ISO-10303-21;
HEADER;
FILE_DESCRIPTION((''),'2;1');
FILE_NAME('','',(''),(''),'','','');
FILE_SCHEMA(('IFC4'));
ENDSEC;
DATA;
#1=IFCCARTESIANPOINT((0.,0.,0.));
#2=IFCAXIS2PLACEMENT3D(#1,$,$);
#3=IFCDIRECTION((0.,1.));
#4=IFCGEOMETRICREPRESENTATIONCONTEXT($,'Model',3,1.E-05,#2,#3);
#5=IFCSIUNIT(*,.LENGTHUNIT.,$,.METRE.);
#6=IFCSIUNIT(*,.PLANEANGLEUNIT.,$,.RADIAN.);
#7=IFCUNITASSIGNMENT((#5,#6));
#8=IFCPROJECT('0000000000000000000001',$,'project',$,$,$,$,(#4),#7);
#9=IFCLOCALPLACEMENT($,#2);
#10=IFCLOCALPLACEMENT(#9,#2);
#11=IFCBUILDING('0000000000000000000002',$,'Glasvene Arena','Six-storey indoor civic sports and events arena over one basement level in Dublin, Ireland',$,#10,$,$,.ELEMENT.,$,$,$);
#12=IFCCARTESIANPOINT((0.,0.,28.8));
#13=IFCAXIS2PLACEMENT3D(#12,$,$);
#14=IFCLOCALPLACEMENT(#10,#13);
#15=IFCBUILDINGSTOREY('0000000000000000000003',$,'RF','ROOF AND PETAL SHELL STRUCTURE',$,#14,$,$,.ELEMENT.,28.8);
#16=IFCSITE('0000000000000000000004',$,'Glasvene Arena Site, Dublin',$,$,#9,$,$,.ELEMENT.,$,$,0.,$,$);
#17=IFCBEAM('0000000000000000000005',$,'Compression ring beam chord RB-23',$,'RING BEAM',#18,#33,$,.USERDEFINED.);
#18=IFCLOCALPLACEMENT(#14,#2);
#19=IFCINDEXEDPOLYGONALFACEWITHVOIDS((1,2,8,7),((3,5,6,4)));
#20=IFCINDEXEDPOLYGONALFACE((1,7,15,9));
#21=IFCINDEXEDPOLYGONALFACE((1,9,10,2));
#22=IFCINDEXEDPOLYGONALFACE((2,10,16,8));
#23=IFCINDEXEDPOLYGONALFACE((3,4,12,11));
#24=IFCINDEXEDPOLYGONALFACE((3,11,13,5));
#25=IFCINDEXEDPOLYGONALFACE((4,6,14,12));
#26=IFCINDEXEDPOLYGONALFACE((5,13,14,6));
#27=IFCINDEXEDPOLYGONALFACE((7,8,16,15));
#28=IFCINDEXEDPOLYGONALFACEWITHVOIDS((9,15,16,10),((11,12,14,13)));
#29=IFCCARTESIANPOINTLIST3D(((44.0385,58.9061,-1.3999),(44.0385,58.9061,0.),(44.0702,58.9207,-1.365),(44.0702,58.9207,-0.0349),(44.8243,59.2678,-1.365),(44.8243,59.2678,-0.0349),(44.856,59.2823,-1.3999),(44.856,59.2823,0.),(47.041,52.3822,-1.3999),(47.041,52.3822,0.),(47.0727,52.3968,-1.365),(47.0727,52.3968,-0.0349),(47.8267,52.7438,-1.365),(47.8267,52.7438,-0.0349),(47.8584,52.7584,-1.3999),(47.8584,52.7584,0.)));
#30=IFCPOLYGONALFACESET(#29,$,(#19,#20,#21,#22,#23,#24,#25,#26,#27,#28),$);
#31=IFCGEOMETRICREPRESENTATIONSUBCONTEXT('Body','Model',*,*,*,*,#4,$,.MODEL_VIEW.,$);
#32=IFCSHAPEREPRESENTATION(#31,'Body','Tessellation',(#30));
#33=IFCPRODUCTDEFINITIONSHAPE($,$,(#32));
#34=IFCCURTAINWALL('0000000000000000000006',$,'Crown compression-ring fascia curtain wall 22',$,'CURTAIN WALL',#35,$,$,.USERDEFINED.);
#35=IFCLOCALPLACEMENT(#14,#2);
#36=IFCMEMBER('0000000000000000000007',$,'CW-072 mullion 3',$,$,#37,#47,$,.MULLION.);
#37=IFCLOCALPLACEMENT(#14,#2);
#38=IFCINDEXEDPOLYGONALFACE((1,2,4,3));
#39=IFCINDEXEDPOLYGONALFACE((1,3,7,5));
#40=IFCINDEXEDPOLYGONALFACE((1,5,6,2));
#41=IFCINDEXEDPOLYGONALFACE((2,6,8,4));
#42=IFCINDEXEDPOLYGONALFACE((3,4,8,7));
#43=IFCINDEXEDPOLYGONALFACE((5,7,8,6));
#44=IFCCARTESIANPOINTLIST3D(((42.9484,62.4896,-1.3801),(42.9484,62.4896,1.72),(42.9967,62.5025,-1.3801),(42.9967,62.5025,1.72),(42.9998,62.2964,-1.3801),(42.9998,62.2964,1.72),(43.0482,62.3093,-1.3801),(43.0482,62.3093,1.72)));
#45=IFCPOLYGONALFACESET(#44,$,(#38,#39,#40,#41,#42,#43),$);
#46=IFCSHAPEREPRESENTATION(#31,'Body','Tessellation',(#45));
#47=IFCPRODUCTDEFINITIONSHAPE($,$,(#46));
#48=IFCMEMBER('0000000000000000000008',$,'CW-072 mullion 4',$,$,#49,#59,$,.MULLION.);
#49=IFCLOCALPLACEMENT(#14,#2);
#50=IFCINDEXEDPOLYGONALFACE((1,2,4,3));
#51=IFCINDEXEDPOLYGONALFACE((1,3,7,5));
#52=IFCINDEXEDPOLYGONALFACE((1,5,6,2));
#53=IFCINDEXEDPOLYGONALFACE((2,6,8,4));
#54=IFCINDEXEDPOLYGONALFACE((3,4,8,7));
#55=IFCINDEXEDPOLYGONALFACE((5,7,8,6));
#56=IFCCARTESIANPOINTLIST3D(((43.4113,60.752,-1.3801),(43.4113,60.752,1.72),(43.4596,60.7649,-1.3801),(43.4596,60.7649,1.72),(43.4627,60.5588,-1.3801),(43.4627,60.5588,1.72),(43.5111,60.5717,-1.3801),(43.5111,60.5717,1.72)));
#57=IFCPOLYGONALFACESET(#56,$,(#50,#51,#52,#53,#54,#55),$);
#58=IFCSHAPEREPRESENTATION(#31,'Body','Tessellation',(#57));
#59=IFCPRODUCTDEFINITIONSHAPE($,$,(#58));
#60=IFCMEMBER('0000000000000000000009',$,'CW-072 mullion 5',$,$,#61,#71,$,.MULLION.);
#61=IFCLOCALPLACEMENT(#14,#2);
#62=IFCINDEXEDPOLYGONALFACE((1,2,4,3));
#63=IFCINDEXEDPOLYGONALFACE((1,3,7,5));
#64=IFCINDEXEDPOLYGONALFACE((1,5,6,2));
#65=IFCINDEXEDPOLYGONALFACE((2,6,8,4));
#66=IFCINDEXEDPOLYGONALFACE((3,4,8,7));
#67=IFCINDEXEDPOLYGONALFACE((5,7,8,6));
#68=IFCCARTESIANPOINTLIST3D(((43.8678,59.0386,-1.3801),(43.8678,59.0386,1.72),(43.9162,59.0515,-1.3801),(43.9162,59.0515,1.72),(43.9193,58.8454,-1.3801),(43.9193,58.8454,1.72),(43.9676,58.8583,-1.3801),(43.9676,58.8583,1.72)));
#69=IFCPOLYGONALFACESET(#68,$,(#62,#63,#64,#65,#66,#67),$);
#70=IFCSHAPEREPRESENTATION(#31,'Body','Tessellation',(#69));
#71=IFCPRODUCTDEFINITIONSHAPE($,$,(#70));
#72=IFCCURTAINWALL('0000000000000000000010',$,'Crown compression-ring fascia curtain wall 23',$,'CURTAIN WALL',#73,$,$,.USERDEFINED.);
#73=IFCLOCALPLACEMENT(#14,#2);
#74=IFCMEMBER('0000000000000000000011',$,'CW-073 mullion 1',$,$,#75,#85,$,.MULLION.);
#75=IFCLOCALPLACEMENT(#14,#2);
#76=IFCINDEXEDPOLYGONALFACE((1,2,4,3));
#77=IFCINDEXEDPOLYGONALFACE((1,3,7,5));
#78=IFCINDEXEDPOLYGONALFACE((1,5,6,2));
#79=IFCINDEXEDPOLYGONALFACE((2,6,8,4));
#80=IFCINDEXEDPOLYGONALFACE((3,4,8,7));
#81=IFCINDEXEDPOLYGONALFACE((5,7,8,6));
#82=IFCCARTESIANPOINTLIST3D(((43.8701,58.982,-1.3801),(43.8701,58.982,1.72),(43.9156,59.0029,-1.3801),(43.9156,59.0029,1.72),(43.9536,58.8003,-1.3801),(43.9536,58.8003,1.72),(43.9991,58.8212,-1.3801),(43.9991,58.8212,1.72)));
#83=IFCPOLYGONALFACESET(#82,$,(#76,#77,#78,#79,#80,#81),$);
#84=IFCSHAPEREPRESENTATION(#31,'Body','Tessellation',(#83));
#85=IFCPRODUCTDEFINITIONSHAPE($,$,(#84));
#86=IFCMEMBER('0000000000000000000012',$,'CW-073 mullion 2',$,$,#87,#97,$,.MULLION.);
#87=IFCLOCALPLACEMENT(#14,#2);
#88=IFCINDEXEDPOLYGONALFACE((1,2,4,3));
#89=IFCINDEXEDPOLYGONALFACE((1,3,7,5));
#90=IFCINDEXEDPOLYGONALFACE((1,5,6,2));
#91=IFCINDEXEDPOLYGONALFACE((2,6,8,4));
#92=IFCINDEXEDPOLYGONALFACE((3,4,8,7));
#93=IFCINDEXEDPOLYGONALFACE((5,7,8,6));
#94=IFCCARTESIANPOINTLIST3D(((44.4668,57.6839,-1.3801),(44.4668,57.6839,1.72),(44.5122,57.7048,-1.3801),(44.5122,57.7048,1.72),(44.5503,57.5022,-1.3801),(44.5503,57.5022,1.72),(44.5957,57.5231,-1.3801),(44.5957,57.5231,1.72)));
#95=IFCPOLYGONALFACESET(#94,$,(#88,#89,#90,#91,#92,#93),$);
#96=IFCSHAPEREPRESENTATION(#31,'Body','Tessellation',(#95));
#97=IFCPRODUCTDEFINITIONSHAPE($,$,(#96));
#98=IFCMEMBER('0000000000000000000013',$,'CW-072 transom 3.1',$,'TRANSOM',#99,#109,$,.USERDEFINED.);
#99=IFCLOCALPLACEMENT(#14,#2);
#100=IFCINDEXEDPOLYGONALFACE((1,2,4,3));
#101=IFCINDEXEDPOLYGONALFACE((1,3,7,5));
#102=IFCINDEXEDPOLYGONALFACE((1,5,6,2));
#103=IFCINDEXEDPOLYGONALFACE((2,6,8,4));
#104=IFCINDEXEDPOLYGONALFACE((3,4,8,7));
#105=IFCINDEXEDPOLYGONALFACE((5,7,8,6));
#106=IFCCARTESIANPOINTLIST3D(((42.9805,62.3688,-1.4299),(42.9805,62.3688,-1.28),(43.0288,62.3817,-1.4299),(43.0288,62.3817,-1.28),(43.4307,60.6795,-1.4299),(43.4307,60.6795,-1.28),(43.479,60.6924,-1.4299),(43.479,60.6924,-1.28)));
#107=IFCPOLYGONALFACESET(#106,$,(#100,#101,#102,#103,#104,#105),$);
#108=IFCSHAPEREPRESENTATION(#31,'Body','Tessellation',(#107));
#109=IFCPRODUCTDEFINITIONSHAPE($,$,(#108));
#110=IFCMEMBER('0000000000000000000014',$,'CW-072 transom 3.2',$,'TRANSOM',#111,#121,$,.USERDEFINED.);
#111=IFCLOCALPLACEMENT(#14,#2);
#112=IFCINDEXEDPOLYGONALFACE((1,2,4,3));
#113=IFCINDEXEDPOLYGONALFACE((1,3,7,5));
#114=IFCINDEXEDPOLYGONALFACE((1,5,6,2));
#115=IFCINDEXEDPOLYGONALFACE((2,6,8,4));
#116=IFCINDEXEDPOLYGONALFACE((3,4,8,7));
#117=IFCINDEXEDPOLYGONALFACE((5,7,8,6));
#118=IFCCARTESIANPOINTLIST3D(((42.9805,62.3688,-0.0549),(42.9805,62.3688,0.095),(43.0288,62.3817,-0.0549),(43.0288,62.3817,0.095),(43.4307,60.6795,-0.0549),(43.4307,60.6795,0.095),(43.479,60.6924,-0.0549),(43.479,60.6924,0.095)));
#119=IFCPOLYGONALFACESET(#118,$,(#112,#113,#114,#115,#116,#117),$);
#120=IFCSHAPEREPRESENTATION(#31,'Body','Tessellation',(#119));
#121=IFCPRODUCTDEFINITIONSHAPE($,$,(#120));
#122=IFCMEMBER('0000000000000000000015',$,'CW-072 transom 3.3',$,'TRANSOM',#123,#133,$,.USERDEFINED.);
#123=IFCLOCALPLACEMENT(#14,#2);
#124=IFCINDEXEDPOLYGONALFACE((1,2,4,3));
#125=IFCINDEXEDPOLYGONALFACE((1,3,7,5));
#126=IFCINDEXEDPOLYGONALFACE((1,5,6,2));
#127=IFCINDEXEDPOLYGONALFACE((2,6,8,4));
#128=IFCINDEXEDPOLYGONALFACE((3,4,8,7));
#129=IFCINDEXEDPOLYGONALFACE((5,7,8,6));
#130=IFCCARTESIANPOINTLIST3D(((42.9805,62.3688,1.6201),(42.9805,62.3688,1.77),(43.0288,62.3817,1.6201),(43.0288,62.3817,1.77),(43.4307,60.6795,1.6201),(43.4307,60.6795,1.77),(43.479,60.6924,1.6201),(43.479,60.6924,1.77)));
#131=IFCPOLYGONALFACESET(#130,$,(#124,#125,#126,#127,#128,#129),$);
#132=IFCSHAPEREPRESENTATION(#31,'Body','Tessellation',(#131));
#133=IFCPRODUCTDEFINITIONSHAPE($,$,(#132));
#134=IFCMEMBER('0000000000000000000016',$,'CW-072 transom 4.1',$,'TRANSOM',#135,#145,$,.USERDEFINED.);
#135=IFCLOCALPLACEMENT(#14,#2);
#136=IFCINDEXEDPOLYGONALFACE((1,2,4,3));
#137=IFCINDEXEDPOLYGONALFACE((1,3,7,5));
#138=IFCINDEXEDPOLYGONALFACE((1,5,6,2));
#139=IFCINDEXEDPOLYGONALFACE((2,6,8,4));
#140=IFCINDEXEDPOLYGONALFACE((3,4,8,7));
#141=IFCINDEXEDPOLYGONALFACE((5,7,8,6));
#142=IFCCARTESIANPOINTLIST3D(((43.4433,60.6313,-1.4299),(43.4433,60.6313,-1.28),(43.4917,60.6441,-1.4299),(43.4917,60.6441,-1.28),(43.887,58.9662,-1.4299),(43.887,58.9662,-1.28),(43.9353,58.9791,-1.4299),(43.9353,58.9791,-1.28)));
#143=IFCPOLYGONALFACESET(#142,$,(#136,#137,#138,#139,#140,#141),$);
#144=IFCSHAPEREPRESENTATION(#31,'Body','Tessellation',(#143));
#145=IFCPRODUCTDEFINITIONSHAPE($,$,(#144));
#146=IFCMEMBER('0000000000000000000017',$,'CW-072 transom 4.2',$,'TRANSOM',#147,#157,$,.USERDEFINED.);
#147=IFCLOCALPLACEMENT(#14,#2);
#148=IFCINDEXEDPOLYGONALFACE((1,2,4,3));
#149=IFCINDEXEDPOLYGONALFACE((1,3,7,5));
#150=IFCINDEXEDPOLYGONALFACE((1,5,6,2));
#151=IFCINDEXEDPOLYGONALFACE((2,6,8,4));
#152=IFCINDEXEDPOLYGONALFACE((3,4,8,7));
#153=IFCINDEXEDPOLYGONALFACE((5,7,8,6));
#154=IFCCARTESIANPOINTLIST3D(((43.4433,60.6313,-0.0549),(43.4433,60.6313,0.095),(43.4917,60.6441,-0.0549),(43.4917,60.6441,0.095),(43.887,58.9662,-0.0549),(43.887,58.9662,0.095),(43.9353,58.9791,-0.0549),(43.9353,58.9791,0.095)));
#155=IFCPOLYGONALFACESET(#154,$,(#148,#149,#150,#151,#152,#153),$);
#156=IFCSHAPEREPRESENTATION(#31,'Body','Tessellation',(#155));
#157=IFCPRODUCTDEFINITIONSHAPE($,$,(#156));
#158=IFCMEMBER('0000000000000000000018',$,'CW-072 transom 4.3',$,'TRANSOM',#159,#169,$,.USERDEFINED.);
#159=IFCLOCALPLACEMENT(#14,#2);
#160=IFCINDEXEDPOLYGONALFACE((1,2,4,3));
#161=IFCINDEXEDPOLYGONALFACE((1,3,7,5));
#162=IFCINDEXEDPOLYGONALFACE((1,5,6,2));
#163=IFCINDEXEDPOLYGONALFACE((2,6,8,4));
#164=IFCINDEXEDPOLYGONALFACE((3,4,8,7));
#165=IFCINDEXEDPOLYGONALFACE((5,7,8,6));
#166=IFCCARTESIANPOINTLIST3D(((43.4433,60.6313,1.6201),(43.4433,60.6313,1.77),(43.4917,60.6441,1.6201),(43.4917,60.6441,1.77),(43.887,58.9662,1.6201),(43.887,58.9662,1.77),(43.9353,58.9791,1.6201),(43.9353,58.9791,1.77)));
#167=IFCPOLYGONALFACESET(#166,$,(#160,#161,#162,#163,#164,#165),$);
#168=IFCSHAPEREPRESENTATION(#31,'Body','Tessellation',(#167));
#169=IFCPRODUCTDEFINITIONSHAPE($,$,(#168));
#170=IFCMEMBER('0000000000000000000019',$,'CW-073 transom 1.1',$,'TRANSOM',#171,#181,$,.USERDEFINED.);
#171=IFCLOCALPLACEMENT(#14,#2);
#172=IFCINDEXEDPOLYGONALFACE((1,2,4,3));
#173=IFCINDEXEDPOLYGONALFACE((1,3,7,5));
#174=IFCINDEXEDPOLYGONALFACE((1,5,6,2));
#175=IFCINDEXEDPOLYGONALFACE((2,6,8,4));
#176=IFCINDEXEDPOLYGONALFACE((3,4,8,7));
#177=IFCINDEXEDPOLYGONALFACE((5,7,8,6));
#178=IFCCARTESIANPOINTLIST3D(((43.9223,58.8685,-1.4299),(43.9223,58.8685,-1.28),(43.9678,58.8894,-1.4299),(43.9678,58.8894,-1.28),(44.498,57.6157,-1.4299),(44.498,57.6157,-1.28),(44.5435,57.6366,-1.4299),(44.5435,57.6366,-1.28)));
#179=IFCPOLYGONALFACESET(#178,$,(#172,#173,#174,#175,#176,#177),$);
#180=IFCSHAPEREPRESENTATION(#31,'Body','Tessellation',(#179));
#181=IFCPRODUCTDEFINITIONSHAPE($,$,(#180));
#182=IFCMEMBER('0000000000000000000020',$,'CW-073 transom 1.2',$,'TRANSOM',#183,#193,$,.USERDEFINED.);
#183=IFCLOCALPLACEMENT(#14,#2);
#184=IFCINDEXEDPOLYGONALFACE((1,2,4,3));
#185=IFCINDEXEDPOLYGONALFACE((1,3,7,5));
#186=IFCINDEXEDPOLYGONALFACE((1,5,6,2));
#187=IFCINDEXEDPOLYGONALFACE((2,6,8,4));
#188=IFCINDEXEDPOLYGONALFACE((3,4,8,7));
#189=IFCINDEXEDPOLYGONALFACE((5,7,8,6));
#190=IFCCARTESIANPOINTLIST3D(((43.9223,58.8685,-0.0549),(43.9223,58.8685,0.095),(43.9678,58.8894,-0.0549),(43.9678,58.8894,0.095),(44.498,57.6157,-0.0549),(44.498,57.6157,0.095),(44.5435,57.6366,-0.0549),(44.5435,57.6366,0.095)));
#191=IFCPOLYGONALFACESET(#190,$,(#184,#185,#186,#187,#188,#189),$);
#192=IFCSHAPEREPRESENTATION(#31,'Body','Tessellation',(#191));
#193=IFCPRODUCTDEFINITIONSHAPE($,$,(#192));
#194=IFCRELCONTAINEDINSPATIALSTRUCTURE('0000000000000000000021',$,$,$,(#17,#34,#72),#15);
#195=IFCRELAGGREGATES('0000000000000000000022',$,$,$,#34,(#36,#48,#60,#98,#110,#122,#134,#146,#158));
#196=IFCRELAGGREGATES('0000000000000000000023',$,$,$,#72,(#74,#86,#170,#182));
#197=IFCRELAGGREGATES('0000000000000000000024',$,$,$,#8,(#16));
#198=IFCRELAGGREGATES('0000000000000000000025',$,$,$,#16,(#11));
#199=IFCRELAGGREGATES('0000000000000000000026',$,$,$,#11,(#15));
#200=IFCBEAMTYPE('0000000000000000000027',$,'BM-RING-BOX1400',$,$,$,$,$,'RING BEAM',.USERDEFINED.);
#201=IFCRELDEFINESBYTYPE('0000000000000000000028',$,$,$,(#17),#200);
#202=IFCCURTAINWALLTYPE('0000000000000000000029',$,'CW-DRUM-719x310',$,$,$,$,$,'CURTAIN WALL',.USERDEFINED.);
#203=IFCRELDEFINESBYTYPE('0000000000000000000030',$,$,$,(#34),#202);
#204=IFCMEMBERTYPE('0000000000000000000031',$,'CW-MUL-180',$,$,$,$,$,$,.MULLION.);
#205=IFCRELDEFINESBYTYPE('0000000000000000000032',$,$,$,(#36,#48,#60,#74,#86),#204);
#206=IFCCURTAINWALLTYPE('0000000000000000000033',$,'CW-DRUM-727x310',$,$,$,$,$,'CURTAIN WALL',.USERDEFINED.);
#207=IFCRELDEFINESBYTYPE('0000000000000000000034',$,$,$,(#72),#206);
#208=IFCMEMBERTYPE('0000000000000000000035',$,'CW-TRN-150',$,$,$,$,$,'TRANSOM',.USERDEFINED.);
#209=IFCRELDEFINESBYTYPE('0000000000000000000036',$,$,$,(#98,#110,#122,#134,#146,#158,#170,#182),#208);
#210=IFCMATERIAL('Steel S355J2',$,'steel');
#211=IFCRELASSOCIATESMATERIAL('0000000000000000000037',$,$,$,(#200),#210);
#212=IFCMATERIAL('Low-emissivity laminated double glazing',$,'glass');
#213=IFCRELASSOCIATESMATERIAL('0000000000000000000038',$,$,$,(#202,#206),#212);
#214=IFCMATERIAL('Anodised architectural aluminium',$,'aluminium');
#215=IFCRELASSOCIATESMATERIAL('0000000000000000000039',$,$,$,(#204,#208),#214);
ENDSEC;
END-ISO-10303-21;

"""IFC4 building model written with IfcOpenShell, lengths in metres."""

from ifc_helpers import new_model, si_unit, direction, frame, origin, origin_2d, place, context, subcontext, project, spatial, rectangle, hollow_rectangle, extrude, material, material_profile, profile_set, type_object, element, aggregate, save


model = new_model("IFC4")

# Units and contexts
model_context = context("Model", 3, precision=1e-05, world=origin(), true_north=direction((0.0, 1.0)))
body_context = subcontext(model_context, "Body", "Model", "MODEL_VIEW")
ifc_project = project(units=[si_unit("LENGTHUNIT", "METRE"), si_unit("PLANEANGLEUNIT", "RADIAN")], contexts=[model_context])

# Site, building, storey
site_placement = place(None, origin())
site = spatial("IfcSite", under=ifc_project, at=site_placement, Name="Glasvene Arena Site, Dublin", CompositionType="ELEMENT", RefElevation=0.0)
building_placement = place(site_placement, origin())
building = spatial("IfcBuilding", under=site, at=building_placement, Name="Glasvene Arena", Description="Six-storey indoor civic sports and events arena over one basement level in Dublin, Ireland", CompositionType="ELEMENT")
storey_placement = place(building_placement, frame((0.0, 0.0, 28.8)))
storey = spatial("IfcBuildingStorey", under=building, at=storey_placement, Name="RF", Description="ROOF AND PETAL SHELL STRUCTURE", CompositionType="ELEMENT", Elevation=28.8)

# Beam
ifc_material_1 = material(Name="Steel S355J2", Category="steel")
ifc_material_profile_1 = material_profile(ifc_material_1, hollow_rectangle(XDim=0.8999, YDim=1.3999, WallThickness=0.0349, at=origin_2d()), Name="WBOX 900x1400x35")
ifc_profile_set_1 = profile_set([ifc_material_profile_1], Name="Steel S355J2")
beam_type = type_object("IfcBeamType", Name="BM-RING-BOX1400", ElementType="RING BEAM", PredefinedType="USERDEFINED", material=ifc_profile_set_1)
beam_placement = place(storey_placement, frame((44.4473, 59.0942, -0.7), z_axis=(0.418071, -0.908415, 0.0), x_axis=(0.908415, 0.418071, 0.0)))
element("IfcBeam", 1, at=beam_placement, inside=storey, type_object=beam_type, Name="Compression ring beam chord RB-23", ObjectType="RING BEAM", PredefinedType="USERDEFINED", context=body_context, shape_type="SweptSolid", body=[
    extrude(hollow_rectangle(XDim=0.8999, YDim=1.3999, WallThickness=0.0349, at=origin_2d()), origin(), (0.0, 0.0, 1.0), 7.1816),
])

# Curtain walls, members
ifc_material_2 = material(Name="Low-emissivity laminated double glazing", Category="glass")
curtain_wall_type_1 = type_object("IfcCurtainWallType", Name="CW-DRUM-719x310", ElementType="CURTAIN WALL", PredefinedType="USERDEFINED", material=ifc_material_2)
curtain_wall_1_placement = place(storey_placement, frame((42.0725, 65.8745, 0.0)))
curtain_wall_1 = element("IfcCurtainWall", 2, at=curtain_wall_1_placement, inside=storey, type_object=curtain_wall_type_1, Name="Crown compression-ring fascia curtain wall 22", ObjectType="CURTAIN WALL", PredefinedType="USERDEFINED")
ifc_material_3 = material(Name="Anodised architectural aluminium", Category="aluminium")
ifc_material_profile_2 = material_profile(ifc_material_3, rectangle(XDim=0.05, YDim=0.2, at=origin_2d()), Name="ALU MULLION 50x200")
ifc_profile_set_2 = profile_set([ifc_material_profile_2], Name="Anodised architectural aluminium")
member_type_1 = type_object("IfcMemberType", Name="CW-MUL-180", PredefinedType="MULLION", material=ifc_profile_set_2)
member_1_placement = place(storey_placement, frame((42.9983, 62.3994, -1.3801), z_axis=(0.0, 0.0, 1.0), x_axis=(0.966292, 0.257447, 0.0)))
member_1 = element("IfcMember", 3, at=member_1_placement, type_object=member_type_1, Name="CW-072 mullion 3", PredefinedType="MULLION", context=body_context, shape_type="SweptSolid", body=[
    extrude(rectangle(XDim=0.05, YDim=0.2, at=origin_2d()), origin(), (0.0, 0.0, 1.0), 3.1001),
])
member_2_placement = place(storey_placement, frame((43.4612, 60.6619, -1.3801), z_axis=(0.0, 0.0, 1.0), x_axis=(0.966292, 0.257447, 0.0)))
member_2 = element("IfcMember", 4, at=member_2_placement, type_object=member_type_1, Name="CW-072 mullion 4", PredefinedType="MULLION", context=body_context, shape_type="SweptSolid", body=[
    extrude(rectangle(XDim=0.05, YDim=0.2, at=origin_2d()), origin(), (0.0, 0.0, 1.0), 3.1001),
])
member_3_placement = place(storey_placement, frame((43.9177, 58.9485, -1.3801), z_axis=(0.0, 0.0, 1.0), x_axis=(0.966292, 0.257447, 0.0)))
member_3 = element("IfcMember", 5, at=member_3_placement, type_object=member_type_1, Name="CW-072 mullion 5", PredefinedType="MULLION", context=body_context, shape_type="SweptSolid", body=[
    extrude(rectangle(XDim=0.05, YDim=0.2, at=origin_2d()), origin(), (0.0, 0.0, 1.0), 3.1001),
])
curtain_wall_type_2 = type_object("IfcCurtainWallType", Name="CW-DRUM-727x310", ElementType="CURTAIN WALL", PredefinedType="USERDEFINED", material=ifc_material_2)
curtain_wall_2_placement = place(storey_placement, frame((43.9241, 58.9243, 0.0)))
curtain_wall_2 = element("IfcCurtainWall", 6, at=curtain_wall_2_placement, inside=storey, type_object=curtain_wall_type_2, Name="Crown compression-ring fascia curtain wall 23", ObjectType="CURTAIN WALL", PredefinedType="USERDEFINED")
member_4_placement = place(storey_placement, frame((43.9346, 58.9016, -1.3801), z_axis=(0.0, 0.0, 1.0), x_axis=(0.908603, 0.417661, 0.0)))
member_4 = element("IfcMember", 7, at=member_4_placement, type_object=member_type_1, Name="CW-073 mullion 1", PredefinedType="MULLION", context=body_context, shape_type="SweptSolid", body=[
    extrude(rectangle(XDim=0.05, YDim=0.2, at=origin_2d()), origin(), (0.0, 0.0, 1.0), 3.1001),
])
member_5_placement = place(storey_placement, frame((44.5312, 57.6035, -1.3801), z_axis=(0.0, 0.0, 1.0), x_axis=(0.908603, 0.417661, 0.0)))
member_5 = element("IfcMember", 8, at=member_5_placement, type_object=member_type_1, Name="CW-073 mullion 2", PredefinedType="MULLION", context=body_context, shape_type="SweptSolid", body=[
    extrude(rectangle(XDim=0.05, YDim=0.2, at=origin_2d()), origin(), (0.0, 0.0, 1.0), 3.1001),
])

# Members
ifc_material_profile_3 = material_profile(ifc_material_3, rectangle(XDim=0.05, YDim=0.1499, at=origin_2d()), Name="ALU TRANSOM 50x150")
ifc_profile_set_3 = profile_set([ifc_material_profile_3], Name="Anodised architectural aluminium")
member_type_2 = type_object("IfcMemberType", Name="CW-TRN-150", ElementType="TRANSOM", PredefinedType="USERDEFINED", material=ifc_profile_set_3)
member_6_placement = place(storey_placement, frame((43.0046, 62.3752, -1.355), z_axis=(0.257524, -0.966272, 0.0), x_axis=(0.966272, 0.257524, 0.0)))
member_6 = element("IfcMember", 9, at=member_6_placement, type_object=member_type_2, Name="CW-072 transom 3.1", ObjectType="TRANSOM", PredefinedType="USERDEFINED", context=body_context, shape_type="SweptSolid", body=[
    extrude(rectangle(XDim=0.05, YDim=0.1499, at=origin_2d()), origin(), (0.0, 0.0, 1.0), 1.7483),
])
member_7_placement = place(storey_placement, frame((43.0046, 62.3752, 0.02), z_axis=(0.257524, -0.966272, 0.0), x_axis=(0.966272, 0.257524, 0.0)))
member_7 = element("IfcMember", 10, at=member_7_placement, type_object=member_type_2, Name="CW-072 transom 3.2", ObjectType="TRANSOM", PredefinedType="USERDEFINED", context=body_context, shape_type="SweptSolid", body=[
    extrude(rectangle(XDim=0.05, YDim=0.1499, at=origin_2d()), origin(), (0.0, 0.0, 1.0), 1.7483),
])
member_8_placement = place(storey_placement, frame((43.0046, 62.3752, 1.6951), z_axis=(0.257524, -0.966272, 0.0), x_axis=(0.966272, 0.257524, 0.0)))
member_8 = element("IfcMember", 11, at=member_8_placement, type_object=member_type_2, Name="CW-072 transom 3.3", ObjectType="TRANSOM", PredefinedType="USERDEFINED", context=body_context, shape_type="SweptSolid", body=[
    extrude(rectangle(XDim=0.05, YDim=0.1499, at=origin_2d()), origin(), (0.0, 0.0, 1.0), 1.7483),
])
member_9_placement = place(storey_placement, frame((43.4675, 60.6377, -1.355), z_axis=(0.257442, -0.966294, 0.0), x_axis=(0.966294, 0.257442, 0.0)))
member_9 = element("IfcMember", 12, at=member_9_placement, type_object=member_type_2, Name="CW-072 transom 4.1", ObjectType="TRANSOM", PredefinedType="USERDEFINED", context=body_context, shape_type="SweptSolid", body=[
    extrude(rectangle(XDim=0.05, YDim=0.1499, at=origin_2d()), origin(), (0.0, 0.0, 1.0), 1.7231),
])
member_10_placement = place(storey_placement, frame((43.4675, 60.6377, 0.02), z_axis=(0.257442, -0.966294, 0.0), x_axis=(0.966294, 0.257442, 0.0)))
member_10 = element("IfcMember", 13, at=member_10_placement, type_object=member_type_2, Name="CW-072 transom 4.2", ObjectType="TRANSOM", PredefinedType="USERDEFINED", context=body_context, shape_type="SweptSolid", body=[
    extrude(rectangle(XDim=0.05, YDim=0.1499, at=origin_2d()), origin(), (0.0, 0.0, 1.0), 1.7231),
])
member_11_placement = place(storey_placement, frame((43.4675, 60.6377, 1.6951), z_axis=(0.257442, -0.966294, 0.0), x_axis=(0.966294, 0.257442, 0.0)))
member_11 = element("IfcMember", 14, at=member_11_placement, type_object=member_type_2, Name="CW-072 transom 4.3", ObjectType="TRANSOM", PredefinedType="USERDEFINED", context=body_context, shape_type="SweptSolid", body=[
    extrude(rectangle(XDim=0.05, YDim=0.1499, at=origin_2d()), origin(), (0.0, 0.0, 1.0), 1.7231),
])
member_12_placement = place(storey_placement, frame((43.9451, 58.8789, -1.355), z_axis=(0.417575, -0.908642, 0.0), x_axis=(0.908642, 0.417575, 0.0)))
member_12 = element("IfcMember", 15, at=member_12_placement, type_object=member_type_2, Name="CW-073 transom 1.1", ObjectType="TRANSOM", PredefinedType="USERDEFINED", context=body_context, shape_type="SweptSolid", body=[
    extrude(rectangle(XDim=0.05, YDim=0.1499, at=origin_2d()), origin(), (0.0, 0.0, 1.0), 1.3787),
])
member_13_placement = place(storey_placement, frame((43.9451, 58.8789, 0.02), z_axis=(0.417575, -0.908642, 0.0), x_axis=(0.908642, 0.417575, 0.0)))
member_13 = element("IfcMember", 16, at=member_13_placement, type_object=member_type_2, Name="CW-073 transom 1.2", ObjectType="TRANSOM", PredefinedType="USERDEFINED", context=body_context, shape_type="SweptSolid", body=[
    extrude(rectangle(XDim=0.05, YDim=0.1499, at=origin_2d()), origin(), (0.0, 0.0, 1.0), 1.3787),
])

aggregate(curtain_wall_1, [member_1, member_2, member_3, member_6, member_7, member_8, member_9, member_10, member_11])
aggregate(curtain_wall_2, [member_4, member_5, member_12, member_13])

save(model, "model.ifc")
